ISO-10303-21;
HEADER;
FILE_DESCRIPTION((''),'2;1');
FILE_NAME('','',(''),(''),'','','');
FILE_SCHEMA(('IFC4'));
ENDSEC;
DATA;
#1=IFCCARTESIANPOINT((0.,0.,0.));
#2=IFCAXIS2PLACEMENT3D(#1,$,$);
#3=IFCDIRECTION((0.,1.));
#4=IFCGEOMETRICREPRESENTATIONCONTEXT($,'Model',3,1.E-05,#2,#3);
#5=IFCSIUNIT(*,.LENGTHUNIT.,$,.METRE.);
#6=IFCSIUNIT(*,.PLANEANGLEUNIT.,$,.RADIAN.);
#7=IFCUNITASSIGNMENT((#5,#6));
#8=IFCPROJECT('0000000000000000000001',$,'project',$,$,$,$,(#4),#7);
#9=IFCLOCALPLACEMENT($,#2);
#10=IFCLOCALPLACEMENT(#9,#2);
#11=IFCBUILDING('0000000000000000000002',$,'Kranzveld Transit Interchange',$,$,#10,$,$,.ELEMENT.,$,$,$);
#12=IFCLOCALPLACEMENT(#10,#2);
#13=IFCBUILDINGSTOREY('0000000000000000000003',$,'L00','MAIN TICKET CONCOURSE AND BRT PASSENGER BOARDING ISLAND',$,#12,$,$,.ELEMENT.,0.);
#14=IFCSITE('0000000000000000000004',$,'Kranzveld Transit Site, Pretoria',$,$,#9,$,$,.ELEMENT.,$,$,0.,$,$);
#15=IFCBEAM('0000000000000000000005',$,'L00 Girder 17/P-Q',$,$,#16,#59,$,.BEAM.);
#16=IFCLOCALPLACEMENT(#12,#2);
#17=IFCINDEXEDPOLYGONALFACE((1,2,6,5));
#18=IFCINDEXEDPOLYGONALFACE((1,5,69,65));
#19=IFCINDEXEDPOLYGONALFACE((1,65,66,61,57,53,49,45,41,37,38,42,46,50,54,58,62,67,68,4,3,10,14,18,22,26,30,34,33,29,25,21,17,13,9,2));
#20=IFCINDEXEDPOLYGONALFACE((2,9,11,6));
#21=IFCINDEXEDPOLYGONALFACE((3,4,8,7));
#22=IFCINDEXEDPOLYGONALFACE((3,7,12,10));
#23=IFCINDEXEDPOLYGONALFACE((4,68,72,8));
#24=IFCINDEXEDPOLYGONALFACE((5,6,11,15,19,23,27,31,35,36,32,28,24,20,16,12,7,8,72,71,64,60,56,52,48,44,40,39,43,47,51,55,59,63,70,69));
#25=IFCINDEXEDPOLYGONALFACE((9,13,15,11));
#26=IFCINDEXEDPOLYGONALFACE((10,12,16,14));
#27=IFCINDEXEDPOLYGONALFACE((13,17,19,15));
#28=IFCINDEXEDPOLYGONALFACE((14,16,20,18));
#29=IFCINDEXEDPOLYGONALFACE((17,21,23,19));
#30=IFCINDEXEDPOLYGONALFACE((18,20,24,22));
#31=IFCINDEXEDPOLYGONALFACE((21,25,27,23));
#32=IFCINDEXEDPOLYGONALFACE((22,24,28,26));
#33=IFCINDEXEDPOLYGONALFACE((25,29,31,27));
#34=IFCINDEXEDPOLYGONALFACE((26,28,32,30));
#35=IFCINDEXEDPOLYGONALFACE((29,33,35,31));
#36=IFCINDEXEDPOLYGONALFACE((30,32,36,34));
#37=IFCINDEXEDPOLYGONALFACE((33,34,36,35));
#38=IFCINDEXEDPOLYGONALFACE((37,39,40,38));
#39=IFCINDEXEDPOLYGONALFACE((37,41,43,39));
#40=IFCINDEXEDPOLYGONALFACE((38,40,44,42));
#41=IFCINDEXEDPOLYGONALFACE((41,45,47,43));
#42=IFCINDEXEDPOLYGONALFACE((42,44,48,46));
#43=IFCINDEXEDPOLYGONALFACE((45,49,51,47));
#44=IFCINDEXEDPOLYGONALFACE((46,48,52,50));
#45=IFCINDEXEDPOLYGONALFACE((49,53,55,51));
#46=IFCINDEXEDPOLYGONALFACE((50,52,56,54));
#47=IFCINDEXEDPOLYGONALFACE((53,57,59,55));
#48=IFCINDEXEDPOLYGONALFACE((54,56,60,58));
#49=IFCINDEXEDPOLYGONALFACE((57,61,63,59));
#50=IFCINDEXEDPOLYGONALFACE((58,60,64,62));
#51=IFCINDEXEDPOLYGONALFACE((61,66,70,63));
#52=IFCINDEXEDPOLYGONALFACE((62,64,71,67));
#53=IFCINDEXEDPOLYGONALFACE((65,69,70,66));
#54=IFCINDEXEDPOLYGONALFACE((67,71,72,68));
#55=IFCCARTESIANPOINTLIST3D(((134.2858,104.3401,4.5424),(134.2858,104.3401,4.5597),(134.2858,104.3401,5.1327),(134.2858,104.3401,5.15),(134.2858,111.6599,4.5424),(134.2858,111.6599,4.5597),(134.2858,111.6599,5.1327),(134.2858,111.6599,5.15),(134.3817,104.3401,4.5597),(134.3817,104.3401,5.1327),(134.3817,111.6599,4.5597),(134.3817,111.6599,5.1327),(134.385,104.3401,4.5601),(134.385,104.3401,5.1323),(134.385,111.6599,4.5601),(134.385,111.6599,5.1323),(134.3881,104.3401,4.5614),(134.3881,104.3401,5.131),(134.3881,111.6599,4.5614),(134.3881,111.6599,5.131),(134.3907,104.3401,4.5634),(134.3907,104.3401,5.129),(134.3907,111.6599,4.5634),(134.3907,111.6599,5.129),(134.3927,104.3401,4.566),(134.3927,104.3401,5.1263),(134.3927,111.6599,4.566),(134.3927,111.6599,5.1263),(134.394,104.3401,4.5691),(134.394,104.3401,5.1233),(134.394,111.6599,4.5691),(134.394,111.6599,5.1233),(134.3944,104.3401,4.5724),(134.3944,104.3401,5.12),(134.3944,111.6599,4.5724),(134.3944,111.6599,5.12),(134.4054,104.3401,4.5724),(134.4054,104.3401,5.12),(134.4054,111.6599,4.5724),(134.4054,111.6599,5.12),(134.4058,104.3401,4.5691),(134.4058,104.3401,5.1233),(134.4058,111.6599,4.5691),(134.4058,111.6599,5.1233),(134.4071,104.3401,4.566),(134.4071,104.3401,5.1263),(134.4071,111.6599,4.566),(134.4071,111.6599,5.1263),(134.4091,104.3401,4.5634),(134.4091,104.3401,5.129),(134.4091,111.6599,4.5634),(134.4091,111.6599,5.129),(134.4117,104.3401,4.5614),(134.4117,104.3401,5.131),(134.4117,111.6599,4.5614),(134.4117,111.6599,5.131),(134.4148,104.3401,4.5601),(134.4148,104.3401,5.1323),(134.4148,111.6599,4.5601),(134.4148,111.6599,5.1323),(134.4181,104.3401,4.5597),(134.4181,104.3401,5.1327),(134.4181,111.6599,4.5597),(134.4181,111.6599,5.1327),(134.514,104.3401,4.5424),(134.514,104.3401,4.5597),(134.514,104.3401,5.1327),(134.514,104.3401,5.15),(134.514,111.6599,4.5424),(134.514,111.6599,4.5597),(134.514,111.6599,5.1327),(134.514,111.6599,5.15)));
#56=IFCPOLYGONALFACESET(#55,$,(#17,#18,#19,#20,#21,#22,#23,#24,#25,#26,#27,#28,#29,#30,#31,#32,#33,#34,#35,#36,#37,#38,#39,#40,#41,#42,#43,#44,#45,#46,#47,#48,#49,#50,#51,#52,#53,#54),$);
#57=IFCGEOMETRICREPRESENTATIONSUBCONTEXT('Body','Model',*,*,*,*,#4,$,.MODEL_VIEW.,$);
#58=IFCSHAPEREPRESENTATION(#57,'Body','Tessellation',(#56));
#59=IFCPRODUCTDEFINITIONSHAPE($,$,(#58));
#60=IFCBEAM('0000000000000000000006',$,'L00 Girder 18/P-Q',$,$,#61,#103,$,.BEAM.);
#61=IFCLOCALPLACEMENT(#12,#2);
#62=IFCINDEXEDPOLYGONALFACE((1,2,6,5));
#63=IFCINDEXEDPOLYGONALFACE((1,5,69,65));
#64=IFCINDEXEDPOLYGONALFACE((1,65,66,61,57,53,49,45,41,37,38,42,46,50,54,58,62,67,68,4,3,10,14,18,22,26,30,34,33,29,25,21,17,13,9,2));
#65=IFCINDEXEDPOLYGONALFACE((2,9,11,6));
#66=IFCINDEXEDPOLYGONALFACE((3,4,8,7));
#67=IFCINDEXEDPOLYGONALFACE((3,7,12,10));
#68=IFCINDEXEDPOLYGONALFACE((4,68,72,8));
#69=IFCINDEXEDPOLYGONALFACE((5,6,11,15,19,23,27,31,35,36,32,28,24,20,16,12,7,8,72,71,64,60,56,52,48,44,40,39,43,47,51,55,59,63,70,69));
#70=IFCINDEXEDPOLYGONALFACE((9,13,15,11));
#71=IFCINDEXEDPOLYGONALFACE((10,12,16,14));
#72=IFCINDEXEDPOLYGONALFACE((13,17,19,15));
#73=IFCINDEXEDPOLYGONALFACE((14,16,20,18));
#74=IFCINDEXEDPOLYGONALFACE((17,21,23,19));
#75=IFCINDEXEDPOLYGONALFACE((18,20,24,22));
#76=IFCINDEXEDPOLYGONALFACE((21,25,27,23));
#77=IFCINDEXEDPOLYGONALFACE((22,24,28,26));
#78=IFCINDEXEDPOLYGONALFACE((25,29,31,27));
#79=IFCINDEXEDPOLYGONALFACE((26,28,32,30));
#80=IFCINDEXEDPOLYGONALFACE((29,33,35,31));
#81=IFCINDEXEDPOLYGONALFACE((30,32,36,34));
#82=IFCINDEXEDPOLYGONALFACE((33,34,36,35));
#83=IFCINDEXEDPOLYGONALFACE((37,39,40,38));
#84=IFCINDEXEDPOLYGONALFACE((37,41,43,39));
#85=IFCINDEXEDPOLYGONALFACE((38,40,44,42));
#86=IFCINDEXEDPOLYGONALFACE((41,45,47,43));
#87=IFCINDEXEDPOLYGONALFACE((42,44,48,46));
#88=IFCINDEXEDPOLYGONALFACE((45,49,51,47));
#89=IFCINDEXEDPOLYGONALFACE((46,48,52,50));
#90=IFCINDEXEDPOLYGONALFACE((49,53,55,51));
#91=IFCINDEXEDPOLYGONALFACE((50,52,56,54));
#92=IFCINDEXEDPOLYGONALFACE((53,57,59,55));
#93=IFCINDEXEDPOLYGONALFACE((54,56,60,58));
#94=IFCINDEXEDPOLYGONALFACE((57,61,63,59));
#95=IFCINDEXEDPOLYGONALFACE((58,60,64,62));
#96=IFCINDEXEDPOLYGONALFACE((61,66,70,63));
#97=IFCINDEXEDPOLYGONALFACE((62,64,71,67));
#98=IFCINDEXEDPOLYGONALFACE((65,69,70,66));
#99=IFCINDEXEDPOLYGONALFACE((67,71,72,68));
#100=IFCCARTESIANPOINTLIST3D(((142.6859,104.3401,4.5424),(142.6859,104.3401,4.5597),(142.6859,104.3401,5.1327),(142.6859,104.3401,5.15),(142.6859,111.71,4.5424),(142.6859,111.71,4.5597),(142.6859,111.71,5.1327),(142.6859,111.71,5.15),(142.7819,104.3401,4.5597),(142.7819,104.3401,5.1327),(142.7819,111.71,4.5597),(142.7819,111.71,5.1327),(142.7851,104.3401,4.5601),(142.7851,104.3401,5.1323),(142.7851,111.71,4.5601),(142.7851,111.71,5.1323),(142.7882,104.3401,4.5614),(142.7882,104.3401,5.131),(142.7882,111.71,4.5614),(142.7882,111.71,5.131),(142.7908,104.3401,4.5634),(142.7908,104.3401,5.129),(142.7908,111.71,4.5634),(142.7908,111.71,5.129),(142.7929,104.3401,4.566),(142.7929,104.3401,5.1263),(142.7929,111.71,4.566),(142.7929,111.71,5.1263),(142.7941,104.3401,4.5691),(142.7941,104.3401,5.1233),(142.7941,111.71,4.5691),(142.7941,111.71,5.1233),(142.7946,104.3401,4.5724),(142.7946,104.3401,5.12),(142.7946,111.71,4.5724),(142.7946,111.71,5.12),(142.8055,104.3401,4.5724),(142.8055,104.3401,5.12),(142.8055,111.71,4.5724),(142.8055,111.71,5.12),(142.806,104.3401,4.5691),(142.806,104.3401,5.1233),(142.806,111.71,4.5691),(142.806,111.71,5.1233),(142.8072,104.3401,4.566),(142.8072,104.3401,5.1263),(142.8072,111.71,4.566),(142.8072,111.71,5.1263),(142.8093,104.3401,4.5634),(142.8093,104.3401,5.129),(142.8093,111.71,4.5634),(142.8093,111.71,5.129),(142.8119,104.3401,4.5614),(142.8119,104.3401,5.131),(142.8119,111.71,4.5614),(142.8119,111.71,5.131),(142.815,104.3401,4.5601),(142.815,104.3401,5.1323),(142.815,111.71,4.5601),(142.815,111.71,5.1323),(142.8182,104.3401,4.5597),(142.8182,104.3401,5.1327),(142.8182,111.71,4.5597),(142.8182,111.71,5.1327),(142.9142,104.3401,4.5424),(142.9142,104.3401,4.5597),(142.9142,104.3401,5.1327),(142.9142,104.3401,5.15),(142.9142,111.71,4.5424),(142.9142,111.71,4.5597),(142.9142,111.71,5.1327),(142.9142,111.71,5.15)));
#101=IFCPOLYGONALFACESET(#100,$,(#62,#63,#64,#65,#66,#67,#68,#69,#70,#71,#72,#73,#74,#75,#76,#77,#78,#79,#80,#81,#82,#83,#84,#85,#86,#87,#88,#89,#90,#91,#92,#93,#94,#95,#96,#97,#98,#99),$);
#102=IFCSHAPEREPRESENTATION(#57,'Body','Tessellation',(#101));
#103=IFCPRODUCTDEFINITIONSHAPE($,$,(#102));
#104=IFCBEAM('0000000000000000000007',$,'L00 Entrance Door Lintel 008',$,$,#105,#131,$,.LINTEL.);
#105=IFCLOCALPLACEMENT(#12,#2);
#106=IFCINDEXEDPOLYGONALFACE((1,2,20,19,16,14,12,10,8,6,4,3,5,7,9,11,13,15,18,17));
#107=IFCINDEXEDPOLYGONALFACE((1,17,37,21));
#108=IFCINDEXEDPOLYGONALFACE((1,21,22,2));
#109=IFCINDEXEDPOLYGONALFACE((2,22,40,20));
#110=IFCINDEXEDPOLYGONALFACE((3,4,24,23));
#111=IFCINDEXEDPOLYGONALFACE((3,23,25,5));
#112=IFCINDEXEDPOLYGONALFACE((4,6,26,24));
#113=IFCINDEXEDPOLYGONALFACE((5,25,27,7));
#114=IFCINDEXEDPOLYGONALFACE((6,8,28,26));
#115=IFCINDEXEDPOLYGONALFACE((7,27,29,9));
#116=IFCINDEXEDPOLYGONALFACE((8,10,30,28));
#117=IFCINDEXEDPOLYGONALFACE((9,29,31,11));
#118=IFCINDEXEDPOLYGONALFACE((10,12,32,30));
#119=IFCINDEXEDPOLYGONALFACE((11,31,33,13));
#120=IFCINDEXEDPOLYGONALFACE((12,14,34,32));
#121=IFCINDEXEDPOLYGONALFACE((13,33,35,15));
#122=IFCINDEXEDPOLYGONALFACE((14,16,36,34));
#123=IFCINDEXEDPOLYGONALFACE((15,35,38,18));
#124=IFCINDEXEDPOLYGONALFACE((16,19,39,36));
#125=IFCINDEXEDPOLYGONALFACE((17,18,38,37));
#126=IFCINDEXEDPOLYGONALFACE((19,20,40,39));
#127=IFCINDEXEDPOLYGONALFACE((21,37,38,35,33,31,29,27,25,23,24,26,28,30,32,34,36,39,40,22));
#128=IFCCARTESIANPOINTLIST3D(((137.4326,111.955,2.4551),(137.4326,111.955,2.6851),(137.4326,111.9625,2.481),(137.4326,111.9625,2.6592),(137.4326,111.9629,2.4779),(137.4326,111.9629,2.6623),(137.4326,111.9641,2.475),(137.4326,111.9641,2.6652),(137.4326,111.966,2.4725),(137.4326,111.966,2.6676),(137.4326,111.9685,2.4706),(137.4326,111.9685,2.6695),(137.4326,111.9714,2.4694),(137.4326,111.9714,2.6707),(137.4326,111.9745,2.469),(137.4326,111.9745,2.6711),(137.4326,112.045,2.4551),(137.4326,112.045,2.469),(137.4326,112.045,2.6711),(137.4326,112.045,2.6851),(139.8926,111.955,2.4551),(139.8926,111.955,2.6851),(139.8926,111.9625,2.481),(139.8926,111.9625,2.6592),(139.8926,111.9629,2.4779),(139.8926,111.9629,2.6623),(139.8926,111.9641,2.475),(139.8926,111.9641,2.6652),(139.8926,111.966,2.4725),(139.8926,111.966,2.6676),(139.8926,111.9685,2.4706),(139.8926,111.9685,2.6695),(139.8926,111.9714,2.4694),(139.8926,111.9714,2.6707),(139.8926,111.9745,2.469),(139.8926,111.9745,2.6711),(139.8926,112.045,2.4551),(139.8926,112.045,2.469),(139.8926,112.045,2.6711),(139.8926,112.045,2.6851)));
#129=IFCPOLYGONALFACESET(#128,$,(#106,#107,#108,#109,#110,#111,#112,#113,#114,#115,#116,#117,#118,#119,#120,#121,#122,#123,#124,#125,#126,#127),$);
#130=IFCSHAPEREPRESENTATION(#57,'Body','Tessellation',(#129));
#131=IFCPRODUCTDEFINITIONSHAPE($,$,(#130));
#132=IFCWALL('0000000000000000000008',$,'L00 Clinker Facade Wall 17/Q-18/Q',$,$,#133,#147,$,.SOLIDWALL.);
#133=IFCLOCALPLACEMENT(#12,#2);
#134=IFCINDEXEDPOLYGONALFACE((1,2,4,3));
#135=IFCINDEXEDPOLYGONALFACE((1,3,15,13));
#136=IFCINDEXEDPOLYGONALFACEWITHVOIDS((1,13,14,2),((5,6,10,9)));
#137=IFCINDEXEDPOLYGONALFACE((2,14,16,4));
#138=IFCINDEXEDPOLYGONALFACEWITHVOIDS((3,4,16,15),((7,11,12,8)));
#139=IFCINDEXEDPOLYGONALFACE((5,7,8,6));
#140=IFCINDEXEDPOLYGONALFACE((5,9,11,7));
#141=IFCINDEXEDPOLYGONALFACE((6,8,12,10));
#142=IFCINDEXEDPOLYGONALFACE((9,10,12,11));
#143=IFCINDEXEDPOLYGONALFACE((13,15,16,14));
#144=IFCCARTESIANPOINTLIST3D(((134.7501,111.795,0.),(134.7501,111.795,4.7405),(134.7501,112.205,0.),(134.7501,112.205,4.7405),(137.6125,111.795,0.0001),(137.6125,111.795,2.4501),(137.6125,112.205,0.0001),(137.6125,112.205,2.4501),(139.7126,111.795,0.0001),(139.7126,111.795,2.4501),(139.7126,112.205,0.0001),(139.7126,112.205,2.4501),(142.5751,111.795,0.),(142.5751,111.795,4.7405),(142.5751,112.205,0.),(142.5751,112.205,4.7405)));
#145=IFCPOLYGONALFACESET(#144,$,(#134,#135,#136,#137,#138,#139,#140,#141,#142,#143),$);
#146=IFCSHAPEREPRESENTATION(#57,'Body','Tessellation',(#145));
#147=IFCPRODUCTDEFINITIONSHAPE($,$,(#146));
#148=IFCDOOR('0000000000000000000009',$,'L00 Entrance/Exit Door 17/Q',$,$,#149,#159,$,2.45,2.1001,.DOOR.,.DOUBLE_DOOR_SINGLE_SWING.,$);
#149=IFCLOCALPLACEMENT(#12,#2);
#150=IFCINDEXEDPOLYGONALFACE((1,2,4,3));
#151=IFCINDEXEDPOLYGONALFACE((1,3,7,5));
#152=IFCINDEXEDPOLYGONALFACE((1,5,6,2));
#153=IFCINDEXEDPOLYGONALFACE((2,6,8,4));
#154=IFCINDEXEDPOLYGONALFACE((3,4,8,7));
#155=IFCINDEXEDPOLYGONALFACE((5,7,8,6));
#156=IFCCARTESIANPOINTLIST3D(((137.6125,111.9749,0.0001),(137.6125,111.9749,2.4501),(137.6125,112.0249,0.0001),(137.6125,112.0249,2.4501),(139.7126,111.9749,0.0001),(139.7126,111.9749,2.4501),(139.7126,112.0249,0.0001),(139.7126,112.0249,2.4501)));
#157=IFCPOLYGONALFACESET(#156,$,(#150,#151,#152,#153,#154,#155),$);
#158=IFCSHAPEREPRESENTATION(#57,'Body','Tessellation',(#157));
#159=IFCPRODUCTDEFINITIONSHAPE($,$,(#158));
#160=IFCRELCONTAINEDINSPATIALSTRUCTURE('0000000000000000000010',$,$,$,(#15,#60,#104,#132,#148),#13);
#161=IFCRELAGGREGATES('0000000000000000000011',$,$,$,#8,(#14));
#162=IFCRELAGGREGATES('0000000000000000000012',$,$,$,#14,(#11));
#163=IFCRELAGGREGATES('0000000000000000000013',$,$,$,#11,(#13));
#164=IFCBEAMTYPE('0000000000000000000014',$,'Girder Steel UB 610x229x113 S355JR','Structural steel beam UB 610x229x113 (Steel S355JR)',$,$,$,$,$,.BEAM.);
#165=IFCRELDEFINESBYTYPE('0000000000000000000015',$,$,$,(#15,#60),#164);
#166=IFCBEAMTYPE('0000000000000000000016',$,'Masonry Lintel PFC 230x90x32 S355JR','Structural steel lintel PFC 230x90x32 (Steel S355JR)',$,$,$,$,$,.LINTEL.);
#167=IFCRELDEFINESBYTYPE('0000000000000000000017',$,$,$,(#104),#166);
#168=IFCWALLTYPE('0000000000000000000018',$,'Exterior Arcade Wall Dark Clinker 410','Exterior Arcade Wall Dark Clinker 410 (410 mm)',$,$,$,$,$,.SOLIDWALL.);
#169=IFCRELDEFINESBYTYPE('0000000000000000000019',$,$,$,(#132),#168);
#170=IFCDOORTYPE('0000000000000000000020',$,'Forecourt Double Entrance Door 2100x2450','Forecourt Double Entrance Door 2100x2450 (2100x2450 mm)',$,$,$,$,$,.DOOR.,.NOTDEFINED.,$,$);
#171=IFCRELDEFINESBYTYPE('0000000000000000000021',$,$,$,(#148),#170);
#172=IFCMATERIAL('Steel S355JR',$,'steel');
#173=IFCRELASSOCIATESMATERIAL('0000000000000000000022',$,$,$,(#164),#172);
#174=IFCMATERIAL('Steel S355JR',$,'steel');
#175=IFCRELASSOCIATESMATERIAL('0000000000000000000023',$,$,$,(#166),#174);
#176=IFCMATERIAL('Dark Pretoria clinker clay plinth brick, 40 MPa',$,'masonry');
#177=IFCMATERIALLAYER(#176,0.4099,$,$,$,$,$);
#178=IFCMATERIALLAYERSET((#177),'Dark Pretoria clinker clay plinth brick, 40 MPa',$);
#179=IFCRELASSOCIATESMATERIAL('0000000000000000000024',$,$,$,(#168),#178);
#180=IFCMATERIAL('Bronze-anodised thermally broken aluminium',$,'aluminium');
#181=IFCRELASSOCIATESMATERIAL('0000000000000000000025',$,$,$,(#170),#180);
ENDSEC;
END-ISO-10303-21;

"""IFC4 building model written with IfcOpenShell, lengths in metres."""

from ifc_helpers import new_model, si_unit, direction, frame, frame_2d, origin, origin_2d, place, context, subcontext, project, spatial, rectangle, i_section, u_section, extrude, material, layer, layer_set, material_profile, profile_set, type_object, element, fill, save


model = new_model("IFC4")

# Units and contexts
model_context = context("Model", 3, precision=1e-05, world=origin(), true_north=direction((0.0, 1.0)))
body_context = subcontext(model_context, "Body", "Model", "MODEL_VIEW")
ifc_project = project(units=[si_unit("LENGTHUNIT", "METRE"), si_unit("PLANEANGLEUNIT", "RADIAN")], contexts=[model_context])

# Site, building, storey
site_placement = place(None, origin())
site = spatial("IfcSite", under=ifc_project, at=site_placement, Name="Kranzveld Transit Site, Pretoria", CompositionType="ELEMENT", RefElevation=0.0)
building_placement = place(site_placement, origin())
building = spatial("IfcBuilding", under=site, at=building_placement, Name="Kranzveld Transit Interchange", CompositionType="ELEMENT")
storey_placement = place(building_placement, origin())
storey = spatial("IfcBuildingStorey", under=building, at=storey_placement, Name="L00", Description="MAIN TICKET CONCOURSE AND BRT PASSENGER BOARDING ISLAND", CompositionType="ELEMENT", Elevation=0.0)

# Beams
ifc_material_1 = material(Name="Steel S355JR", Category="steel")
ifc_material_profile_1 = material_profile(ifc_material_1, i_section(OverallWidth=0.2283, OverallDepth=0.6077, WebThickness=0.011, FlangeThickness=0.0173, FilletRadius=0.0127, at=origin_2d()), Name="UB 610x229x113")
ifc_profile_set_1 = profile_set([ifc_material_profile_1], Name="Steel S355JR")
beam_type_1 = type_object("IfcBeamType", Name="Girder Steel UB 610x229x113 S355JR", Description="Structural steel beam UB 610x229x113 (Steel S355JR)", PredefinedType="BEAM", material=ifc_profile_set_1)
beam_1_placement = place(storey_placement, frame((134.3999, 104.3401, 4.8462), z_axis=(0.0, 1.0, 0.0), x_axis=(-1.0, 0.0, 0.0)))
element("IfcBeam", 1, at=beam_1_placement, inside=storey, type_object=beam_type_1, Name="L00 Girder 17/P-Q", PredefinedType="BEAM", context=body_context, shape_type="SweptSolid", body=[
    extrude(i_section(OverallWidth=0.2283, OverallDepth=0.6077, WebThickness=0.011, FlangeThickness=0.0173, FilletRadius=0.0127, at=origin_2d()), origin(), (0.0, 0.0, 1.0), 7.3198),
])
beam_2_placement = place(storey_placement, frame((142.8, 104.3401, 4.8462), z_axis=(0.0, 1.0, 0.0), x_axis=(-1.0, 0.0, 0.0)))
element("IfcBeam", 2, at=beam_2_placement, inside=storey, type_object=beam_type_1, Name="L00 Girder 18/P-Q", PredefinedType="BEAM", context=body_context, shape_type="SweptSolid", body=[
    extrude(i_section(OverallWidth=0.2283, OverallDepth=0.6077, WebThickness=0.011, FlangeThickness=0.0173, FilletRadius=0.0127, at=origin_2d()), origin(), (0.0, 0.0, 1.0), 7.3699),
])
ifc_material_2 = material(Name="Steel S355JR", Category="steel")
ifc_material_profile_2 = material_profile(ifc_material_2, u_section(Depth=0.23, FlangeWidth=0.0901, WebThickness=0.0076, FlangeThickness=0.0139, FilletRadius=0.012, at=origin_2d()), Name="PFC 230x90x32")
ifc_profile_set_2 = profile_set([ifc_material_profile_2], Name="Steel S355JR")
beam_type_2 = type_object("IfcBeamType", Name="Masonry Lintel PFC 230x90x32 S355JR", Description="Structural steel lintel PFC 230x90x32 (Steel S355JR)", PredefinedType="LINTEL", material=ifc_profile_set_2)
beam_3_placement = place(storey_placement, frame((137.4326, 112.0, 2.5701), z_axis=(1.0, 0.0, 0.0), x_axis=(0.0, 1.0, 0.0)))
element("IfcBeam", 3, at=beam_3_placement, inside=storey, type_object=beam_type_2, Name="L00 Entrance Door Lintel 008", PredefinedType="LINTEL", context=body_context, shape_type="SweptSolid", body=[
    extrude(u_section(Depth=0.23, FlangeWidth=0.0901, WebThickness=0.0076, FlangeThickness=0.0139, FilletRadius=0.012, at=origin_2d()), origin(), (0.0, 0.0, 1.0), 2.46),
])

# Wall, opening, door
ifc_material_3 = material(Name="Dark Pretoria clinker clay plinth brick, 40 MPa", Category="masonry")
ifc_layer_1 = layer(ifc_material_3, 0.4099)
ifc_layer_set_1 = layer_set([ifc_layer_1], Name="Dark Pretoria clinker clay plinth brick, 40 MPa")
wall_type_1 = type_object("IfcWallType", Name="Exterior Arcade Wall Dark Clinker 410", Description="Exterior Arcade Wall Dark Clinker 410 (410 mm)", PredefinedType="SOLIDWALL", material=ifc_layer_set_1)
wall_1_placement = place(storey_placement, frame((134.75, 112.0, 0.0), z_axis=(0.0, 0.0, 1.0), x_axis=(1.0, 0.0, 0.0)))
wall_1 = element("IfcWall", 4, at=wall_1_placement, inside=storey, type_object=wall_type_1, Name="L00 Clinker Facade Wall 17/Q-18/Q", PredefinedType="SOLIDWALL", context=body_context, shape_type="SweptSolid", body=[
    extrude(rectangle(XDim=7.825, YDim=0.4099, at=frame_2d((3.9126, 0.0))), origin(), (0.0, 0.0, 1.0), 4.7405),
])
opening_1_placement = place(wall_1_placement, frame((2.8625, 0.0, 0.0), z_axis=(0.0, 0.0, 1.0), x_axis=(1.0, 0.0, 0.0)))
opening_1 = element("IfcOpeningElement", 5, at=opening_1_placement, cuts=wall_1, PredefinedType="OPENING", context=body_context, shape_type="SweptSolid", body=[
    extrude(rectangle(XDim=2.1001, YDim=2.45, at=frame_2d((1.05, 1.2251))), frame((0.0, 0.2148, 0.0), z_axis=(0.0, -1.0, 0.0), x_axis=(1.0, 0.0, 0.0)), (0.0, 0.0, 1.0), 0.4299),
])
ifc_material_4 = material(Name="Bronze-anodised thermally broken aluminium", Category="aluminium")
door_type = type_object("IfcDoorType", Name="Forecourt Double Entrance Door 2100x2450", Description="Forecourt Double Entrance Door 2100x2450 (2100x2450 mm)", OperationType="NOTDEFINED", PredefinedType="DOOR", material=ifc_material_4)
door_placement = place(opening_1_placement, origin())
door = element("IfcDoor", 6, at=door_placement, inside=storey, type_object=door_type, Name="L00 Entrance/Exit Door 17/Q", OperationType="DOUBLE_DOOR_SINGLE_SWING", OverallHeight=2.45, OverallWidth=2.1001, PredefinedType="DOOR", context=body_context, shape_type="SweptSolid", body=[
    extrude(rectangle(XDim=2.1001, YDim=2.45, at=frame_2d((1.05, 1.2251))), frame((0.0, 0.0249, 0.0), z_axis=(0.0, -1.0, 0.0), x_axis=(1.0, 0.0, 0.0)), (0.0, 0.0, 1.0), 0.05),
])
fill(opening_1, door)

save(model, "model.ifc")
